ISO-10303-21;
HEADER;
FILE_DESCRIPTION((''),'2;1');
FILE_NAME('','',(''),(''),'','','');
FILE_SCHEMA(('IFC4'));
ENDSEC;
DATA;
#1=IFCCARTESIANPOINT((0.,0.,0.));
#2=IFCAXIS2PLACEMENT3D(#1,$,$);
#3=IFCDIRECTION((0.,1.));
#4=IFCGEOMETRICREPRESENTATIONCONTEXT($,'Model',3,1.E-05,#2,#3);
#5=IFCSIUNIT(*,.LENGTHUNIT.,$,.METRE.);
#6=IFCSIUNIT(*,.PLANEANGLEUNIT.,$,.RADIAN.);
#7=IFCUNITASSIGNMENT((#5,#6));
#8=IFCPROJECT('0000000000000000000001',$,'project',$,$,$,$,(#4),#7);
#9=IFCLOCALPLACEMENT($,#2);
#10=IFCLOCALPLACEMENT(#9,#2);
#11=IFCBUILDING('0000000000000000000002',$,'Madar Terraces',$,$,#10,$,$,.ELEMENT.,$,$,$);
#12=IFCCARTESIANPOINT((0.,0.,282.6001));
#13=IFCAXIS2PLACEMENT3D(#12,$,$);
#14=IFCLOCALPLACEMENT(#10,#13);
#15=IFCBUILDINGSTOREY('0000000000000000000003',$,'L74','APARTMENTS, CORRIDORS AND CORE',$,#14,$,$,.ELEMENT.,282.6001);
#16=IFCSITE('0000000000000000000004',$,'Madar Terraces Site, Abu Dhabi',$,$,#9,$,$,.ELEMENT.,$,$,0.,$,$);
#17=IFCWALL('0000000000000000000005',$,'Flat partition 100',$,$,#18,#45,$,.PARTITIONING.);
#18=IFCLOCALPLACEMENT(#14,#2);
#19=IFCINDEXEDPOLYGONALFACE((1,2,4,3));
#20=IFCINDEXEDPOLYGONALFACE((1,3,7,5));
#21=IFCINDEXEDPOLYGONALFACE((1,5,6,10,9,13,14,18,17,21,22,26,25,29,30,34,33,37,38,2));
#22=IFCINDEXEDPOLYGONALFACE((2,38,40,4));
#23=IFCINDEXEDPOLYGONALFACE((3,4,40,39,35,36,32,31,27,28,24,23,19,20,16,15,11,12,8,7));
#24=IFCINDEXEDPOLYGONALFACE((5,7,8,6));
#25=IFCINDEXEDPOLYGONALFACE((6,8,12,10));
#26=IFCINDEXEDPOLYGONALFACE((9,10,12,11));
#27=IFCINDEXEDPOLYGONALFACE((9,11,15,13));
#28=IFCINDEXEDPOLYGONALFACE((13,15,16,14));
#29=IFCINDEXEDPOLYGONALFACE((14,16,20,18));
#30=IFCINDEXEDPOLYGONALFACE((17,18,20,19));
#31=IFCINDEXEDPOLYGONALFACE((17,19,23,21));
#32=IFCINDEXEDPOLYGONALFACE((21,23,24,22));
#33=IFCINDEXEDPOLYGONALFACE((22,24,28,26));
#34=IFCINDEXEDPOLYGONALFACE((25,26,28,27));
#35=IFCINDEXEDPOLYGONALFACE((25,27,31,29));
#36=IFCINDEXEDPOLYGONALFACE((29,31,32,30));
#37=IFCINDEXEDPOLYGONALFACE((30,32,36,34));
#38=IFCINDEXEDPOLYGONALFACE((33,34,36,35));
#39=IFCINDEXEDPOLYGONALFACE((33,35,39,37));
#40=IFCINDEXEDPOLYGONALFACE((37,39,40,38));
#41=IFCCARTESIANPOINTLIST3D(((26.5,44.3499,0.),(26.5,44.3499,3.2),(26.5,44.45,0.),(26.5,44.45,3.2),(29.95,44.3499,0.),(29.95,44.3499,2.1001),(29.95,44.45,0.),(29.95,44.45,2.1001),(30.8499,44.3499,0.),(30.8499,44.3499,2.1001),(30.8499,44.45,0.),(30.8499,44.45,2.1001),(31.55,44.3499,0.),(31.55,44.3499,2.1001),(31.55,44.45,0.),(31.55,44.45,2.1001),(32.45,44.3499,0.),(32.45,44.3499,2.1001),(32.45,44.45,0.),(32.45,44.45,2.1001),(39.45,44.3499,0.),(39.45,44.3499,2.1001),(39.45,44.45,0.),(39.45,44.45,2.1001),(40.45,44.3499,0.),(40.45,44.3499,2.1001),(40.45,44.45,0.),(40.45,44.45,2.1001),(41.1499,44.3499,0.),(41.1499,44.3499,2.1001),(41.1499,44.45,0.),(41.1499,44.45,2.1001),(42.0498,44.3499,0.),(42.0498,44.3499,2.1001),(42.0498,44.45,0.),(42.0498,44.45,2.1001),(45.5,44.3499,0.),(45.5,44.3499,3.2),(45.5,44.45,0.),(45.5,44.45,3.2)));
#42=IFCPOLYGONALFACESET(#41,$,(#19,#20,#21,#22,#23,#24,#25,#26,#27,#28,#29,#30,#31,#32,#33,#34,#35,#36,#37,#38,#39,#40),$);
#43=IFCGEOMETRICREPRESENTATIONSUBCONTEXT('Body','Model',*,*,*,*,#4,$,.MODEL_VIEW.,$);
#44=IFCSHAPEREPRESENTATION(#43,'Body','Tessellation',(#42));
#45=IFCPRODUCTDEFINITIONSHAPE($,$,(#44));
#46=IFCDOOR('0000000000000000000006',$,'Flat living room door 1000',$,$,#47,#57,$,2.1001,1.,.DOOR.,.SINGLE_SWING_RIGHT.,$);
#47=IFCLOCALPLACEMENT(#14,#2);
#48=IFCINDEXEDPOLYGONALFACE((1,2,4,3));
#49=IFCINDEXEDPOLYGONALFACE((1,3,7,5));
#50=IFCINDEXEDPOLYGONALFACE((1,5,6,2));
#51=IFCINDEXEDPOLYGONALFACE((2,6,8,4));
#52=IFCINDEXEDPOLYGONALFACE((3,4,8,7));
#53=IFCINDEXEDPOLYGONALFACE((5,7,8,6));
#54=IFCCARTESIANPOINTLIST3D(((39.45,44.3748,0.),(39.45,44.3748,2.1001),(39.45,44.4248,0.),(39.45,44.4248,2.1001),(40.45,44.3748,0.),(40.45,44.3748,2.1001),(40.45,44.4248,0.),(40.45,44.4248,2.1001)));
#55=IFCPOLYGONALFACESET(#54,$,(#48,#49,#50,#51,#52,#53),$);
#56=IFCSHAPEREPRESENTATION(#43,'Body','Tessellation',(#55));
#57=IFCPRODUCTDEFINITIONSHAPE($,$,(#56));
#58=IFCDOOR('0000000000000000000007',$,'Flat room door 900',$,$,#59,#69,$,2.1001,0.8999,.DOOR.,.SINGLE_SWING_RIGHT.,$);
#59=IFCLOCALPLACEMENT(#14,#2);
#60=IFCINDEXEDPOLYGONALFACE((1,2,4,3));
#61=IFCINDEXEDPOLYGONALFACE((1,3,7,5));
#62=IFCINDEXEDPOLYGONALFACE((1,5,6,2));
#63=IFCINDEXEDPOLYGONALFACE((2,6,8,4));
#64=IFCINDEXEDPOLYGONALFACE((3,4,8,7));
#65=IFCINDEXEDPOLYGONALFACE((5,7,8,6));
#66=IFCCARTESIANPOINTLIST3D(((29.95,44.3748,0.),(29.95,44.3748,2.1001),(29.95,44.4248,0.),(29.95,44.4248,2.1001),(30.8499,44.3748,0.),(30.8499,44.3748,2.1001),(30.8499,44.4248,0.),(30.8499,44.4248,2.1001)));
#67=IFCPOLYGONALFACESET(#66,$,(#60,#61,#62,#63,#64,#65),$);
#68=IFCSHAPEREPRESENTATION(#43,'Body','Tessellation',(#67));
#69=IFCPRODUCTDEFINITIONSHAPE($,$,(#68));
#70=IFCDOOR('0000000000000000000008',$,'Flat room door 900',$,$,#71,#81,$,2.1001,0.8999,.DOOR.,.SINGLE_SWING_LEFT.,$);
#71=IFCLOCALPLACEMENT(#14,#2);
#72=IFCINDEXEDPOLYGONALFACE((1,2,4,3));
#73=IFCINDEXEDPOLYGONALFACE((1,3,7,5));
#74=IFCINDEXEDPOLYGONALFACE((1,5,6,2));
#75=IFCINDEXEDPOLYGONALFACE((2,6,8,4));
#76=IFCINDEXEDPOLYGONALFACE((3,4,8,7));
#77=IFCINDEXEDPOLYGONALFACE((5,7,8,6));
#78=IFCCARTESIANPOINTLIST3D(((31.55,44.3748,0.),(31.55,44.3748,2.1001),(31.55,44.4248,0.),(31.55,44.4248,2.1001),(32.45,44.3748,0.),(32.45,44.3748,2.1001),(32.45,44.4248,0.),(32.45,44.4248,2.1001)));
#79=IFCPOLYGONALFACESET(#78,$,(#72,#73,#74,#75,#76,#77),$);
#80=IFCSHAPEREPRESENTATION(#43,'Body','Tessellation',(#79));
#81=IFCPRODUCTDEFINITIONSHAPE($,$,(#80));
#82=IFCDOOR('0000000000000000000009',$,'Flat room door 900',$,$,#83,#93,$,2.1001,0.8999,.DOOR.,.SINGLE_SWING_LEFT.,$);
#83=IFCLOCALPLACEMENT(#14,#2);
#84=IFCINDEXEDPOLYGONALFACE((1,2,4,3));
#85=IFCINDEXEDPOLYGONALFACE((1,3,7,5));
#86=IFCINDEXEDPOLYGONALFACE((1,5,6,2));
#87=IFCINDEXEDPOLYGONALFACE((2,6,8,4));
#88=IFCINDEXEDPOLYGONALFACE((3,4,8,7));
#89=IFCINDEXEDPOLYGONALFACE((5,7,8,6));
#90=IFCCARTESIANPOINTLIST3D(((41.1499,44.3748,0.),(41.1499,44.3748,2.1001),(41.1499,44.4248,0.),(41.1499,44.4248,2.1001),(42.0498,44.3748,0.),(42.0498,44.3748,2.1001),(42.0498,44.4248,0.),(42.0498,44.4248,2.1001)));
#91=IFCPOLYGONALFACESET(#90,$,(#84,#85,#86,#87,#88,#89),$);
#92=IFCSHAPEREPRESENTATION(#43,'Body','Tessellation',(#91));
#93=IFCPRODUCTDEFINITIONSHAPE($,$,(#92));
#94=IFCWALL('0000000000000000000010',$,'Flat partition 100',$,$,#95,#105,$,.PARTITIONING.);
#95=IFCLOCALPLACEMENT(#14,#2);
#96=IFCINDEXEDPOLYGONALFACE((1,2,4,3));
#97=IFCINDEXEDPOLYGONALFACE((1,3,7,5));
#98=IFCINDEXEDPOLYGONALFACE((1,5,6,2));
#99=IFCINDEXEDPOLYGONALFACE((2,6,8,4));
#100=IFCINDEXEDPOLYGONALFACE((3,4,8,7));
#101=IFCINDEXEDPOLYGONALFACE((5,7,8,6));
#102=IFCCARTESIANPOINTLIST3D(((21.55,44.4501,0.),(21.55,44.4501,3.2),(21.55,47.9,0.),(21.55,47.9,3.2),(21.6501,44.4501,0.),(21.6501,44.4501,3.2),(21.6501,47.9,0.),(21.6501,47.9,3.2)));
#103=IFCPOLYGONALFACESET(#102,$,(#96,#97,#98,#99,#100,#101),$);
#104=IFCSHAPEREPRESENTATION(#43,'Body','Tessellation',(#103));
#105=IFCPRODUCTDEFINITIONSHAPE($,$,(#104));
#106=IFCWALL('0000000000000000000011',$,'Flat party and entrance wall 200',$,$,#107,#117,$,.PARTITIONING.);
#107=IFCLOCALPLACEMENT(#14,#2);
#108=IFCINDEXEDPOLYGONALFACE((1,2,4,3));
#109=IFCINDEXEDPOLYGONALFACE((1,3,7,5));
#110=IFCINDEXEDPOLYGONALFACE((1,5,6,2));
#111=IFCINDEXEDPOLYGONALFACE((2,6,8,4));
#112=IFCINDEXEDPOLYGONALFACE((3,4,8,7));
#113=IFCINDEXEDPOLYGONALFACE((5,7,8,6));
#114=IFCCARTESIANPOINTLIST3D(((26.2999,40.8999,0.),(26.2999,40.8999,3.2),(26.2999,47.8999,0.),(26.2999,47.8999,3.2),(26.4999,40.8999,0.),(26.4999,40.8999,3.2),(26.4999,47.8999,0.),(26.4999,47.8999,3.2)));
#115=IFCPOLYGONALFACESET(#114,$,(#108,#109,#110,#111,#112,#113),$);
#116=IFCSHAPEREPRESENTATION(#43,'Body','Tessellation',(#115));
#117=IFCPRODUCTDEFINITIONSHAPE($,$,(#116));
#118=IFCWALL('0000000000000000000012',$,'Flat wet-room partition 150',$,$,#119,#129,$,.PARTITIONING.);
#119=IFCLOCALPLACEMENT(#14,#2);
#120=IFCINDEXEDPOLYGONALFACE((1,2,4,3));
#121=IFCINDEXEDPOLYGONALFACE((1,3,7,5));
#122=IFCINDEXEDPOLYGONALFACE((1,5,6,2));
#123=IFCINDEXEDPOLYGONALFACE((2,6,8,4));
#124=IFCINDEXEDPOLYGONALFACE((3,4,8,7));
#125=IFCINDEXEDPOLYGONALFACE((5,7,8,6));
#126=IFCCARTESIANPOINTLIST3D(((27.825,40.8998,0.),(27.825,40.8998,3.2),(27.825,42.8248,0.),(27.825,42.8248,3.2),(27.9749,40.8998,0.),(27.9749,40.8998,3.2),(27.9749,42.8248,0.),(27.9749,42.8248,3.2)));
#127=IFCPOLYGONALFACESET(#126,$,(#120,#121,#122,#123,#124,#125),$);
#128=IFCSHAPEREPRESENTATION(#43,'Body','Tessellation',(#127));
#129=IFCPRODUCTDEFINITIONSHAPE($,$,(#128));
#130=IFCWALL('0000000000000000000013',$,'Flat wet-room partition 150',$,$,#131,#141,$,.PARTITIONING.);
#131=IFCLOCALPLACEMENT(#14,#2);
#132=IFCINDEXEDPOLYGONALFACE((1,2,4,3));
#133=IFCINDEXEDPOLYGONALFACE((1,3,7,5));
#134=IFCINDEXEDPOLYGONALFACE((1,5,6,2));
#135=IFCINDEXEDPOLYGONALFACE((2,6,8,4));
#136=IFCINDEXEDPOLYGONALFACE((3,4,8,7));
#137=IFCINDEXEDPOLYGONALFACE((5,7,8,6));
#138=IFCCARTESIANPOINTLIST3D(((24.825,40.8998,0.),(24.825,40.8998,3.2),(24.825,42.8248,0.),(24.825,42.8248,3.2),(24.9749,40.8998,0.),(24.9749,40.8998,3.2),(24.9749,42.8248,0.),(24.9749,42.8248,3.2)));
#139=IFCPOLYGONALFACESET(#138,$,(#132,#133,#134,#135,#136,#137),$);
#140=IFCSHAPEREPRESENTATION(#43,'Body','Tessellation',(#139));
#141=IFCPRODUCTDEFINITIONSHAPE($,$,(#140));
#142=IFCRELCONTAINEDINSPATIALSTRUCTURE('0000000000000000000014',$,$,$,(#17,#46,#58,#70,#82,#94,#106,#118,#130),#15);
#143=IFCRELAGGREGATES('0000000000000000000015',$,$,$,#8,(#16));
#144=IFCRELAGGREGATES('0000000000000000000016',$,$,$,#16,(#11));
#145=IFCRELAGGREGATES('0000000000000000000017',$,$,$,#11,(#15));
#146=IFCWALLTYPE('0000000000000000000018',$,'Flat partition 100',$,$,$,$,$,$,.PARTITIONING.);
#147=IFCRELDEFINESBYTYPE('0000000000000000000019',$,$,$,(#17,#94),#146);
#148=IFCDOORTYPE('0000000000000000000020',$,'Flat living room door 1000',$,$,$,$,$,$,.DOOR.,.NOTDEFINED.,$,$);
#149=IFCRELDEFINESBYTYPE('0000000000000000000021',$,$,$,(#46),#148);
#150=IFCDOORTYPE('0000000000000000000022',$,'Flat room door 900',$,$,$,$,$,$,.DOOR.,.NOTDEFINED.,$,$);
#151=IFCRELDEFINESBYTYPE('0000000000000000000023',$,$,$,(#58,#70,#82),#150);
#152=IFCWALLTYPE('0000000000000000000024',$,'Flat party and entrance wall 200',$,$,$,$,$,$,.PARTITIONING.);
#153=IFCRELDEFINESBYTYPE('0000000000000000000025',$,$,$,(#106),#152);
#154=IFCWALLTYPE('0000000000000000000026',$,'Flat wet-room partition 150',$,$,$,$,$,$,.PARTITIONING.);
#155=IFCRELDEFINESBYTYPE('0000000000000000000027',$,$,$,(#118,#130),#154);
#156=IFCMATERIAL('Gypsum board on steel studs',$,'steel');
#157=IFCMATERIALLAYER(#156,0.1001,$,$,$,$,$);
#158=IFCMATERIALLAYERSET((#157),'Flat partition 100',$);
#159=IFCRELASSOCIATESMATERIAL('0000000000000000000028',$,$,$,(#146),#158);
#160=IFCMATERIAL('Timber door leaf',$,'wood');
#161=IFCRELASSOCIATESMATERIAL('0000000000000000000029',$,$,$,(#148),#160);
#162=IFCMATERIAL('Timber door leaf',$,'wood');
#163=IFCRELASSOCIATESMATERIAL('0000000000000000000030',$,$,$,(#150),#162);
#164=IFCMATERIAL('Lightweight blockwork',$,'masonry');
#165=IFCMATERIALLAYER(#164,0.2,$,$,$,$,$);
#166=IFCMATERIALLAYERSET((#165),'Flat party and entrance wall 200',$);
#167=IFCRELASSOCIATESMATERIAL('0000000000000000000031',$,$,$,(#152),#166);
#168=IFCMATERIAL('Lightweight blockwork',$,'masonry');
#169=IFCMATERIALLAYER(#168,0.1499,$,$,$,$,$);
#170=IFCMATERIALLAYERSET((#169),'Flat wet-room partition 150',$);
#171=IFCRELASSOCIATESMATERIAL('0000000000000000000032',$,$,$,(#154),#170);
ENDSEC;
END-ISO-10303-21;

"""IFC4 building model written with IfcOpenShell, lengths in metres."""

from ifc_helpers import new_model, si_unit, direction, frame, frame_2d, origin, place, context, subcontext, project, spatial, rectangle, extrude, material, layer, layer_set, type_object, element, fill, save


model = new_model("IFC4")

# Units and contexts
model_context = context("Model", 3, precision=1e-05, world=origin(), true_north=direction((0.0, 1.0)))
body_context = subcontext(model_context, "Body", "Model", "MODEL_VIEW")
ifc_project = project(units=[si_unit("LENGTHUNIT", "METRE"), si_unit("PLANEANGLEUNIT", "RADIAN")], contexts=[model_context])

# Site, building, storey
site_placement = place(None, origin())
site = spatial("IfcSite", under=ifc_project, at=site_placement, Name="Madar Terraces Site, Abu Dhabi", CompositionType="ELEMENT", RefElevation=0.0)
building_placement = place(site_placement, origin())
building = spatial("IfcBuilding", under=site, at=building_placement, Name="Madar Terraces", CompositionType="ELEMENT")
storey_placement = place(building_placement, frame((0.0, 0.0, 282.6001)))
storey = spatial("IfcBuildingStorey", under=building, at=storey_placement, Name="L74", Description="APARTMENTS, CORRIDORS AND CORE", CompositionType="ELEMENT", Elevation=282.6001)

# Wall, openings, doors
ifc_material_1 = material(Name="Gypsum board on steel studs", Category="steel")
ifc_layer_1 = layer(ifc_material_1, 0.1001)
ifc_layer_set_1 = layer_set([ifc_layer_1], Name="Flat partition 100")
wall_type_1 = type_object("IfcWallType", Name="Flat partition 100", PredefinedType="PARTITIONING", material=ifc_layer_set_1)
wall_1_placement = place(storey_placement, frame((26.5, 44.3999, 0.0), z_axis=(0.0, 0.0, 1.0), x_axis=(1.0, 0.0, 0.0)))
wall_1 = element("IfcWall", 1, at=wall_1_placement, inside=storey, type_object=wall_type_1, Name="Flat partition 100", PredefinedType="PARTITIONING", context=body_context, shape_type="SweptSolid", body=[
    extrude(rectangle(XDim=19.0, YDim=0.1001, at=frame_2d((9.5, 0.0))), origin(), (0.0, 0.0, 1.0), 3.2),
])
opening_1_placement = place(wall_1_placement, frame((3.45, 0.0, 0.0)))
opening_1 = element("IfcOpeningElement", 2, at=opening_1_placement, cuts=wall_1, PredefinedType="OPENING", context=body_context, shape_type="SweptSolid", body=[
    extrude(rectangle(XDim=0.8999, YDim=2.1001, at=frame_2d((0.45, 1.05))), frame((0.0, 0.0601, 0.0), z_axis=(0.0, -1.0, 0.0), x_axis=(1.0, 0.0, 0.0)), (0.0, 0.0, 1.0), 0.1201),
])
opening_2_placement = place(wall_1_placement, frame((5.05, 0.0, 0.0)))
opening_2 = element("IfcOpeningElement", 3, at=opening_2_placement, cuts=wall_1, PredefinedType="OPENING", context=body_context, shape_type="SweptSolid", body=[
    extrude(rectangle(XDim=0.8999, YDim=2.1001, at=frame_2d((0.45, 1.05))), frame((0.0, 0.0601, 0.0), z_axis=(0.0, -1.0, 0.0), x_axis=(1.0, 0.0, 0.0)), (0.0, 0.0, 1.0), 0.1201),
])
opening_3_placement = place(wall_1_placement, frame((12.95, 0.0, 0.0)))
opening_3 = element("IfcOpeningElement", 4, at=opening_3_placement, cuts=wall_1, PredefinedType="OPENING", context=body_context, shape_type="SweptSolid", body=[
    extrude(rectangle(XDim=1.0, YDim=2.1001, at=frame_2d((0.5, 1.05))), frame((0.0, 0.0601, 0.0), z_axis=(0.0, -1.0, 0.0), x_axis=(1.0, 0.0, 0.0)), (0.0, 0.0, 1.0), 0.1201),
])
opening_4_placement = place(wall_1_placement, frame((14.6499, 0.0, 0.0)))
opening_4 = element("IfcOpeningElement", 5, at=opening_4_placement, cuts=wall_1, PredefinedType="OPENING", context=body_context, shape_type="SweptSolid", body=[
    extrude(rectangle(XDim=0.8999, YDim=2.1001, at=frame_2d((0.45, 1.05))), frame((0.0, 0.0601, 0.0), z_axis=(0.0, -1.0, 0.0), x_axis=(1.0, 0.0, 0.0)), (0.0, 0.0, 1.0), 0.1201),
])
ifc_material_2 = material(Name="Timber door leaf", Category="wood")
door_type_1 = type_object("IfcDoorType", Name="Flat living room door 1000", OperationType="NOTDEFINED", PredefinedType="DOOR", material=ifc_material_2)
door_1_placement = place(opening_3_placement, origin())
door_1 = element("IfcDoor", 6, at=door_1_placement, inside=storey, type_object=door_type_1, Name="Flat living room door 1000", OperationType="SINGLE_SWING_RIGHT", OverallHeight=2.1001, OverallWidth=1.0, PredefinedType="DOOR", context=body_context, shape_type="SweptSolid", body=[
    extrude(rectangle(XDim=1.0, YDim=2.1001, at=frame_2d((0.5, 1.05))), frame((0.0, 0.0249, 0.0), z_axis=(0.0, -1.0, 0.0), x_axis=(1.0, 0.0, 0.0)), (0.0, 0.0, 1.0), 0.05),
])
fill(opening_3, door_1)
ifc_material_3 = material(Name="Timber door leaf", Category="wood")
door_type_2 = type_object("IfcDoorType", Name="Flat room door 900", OperationType="NOTDEFINED", PredefinedType="DOOR", material=ifc_material_3)
door_2_placement = place(opening_1_placement, origin())
door_2 = element("IfcDoor", 7, at=door_2_placement, inside=storey, type_object=door_type_2, Name="Flat room door 900", OperationType="SINGLE_SWING_RIGHT", OverallHeight=2.1001, OverallWidth=0.8999, PredefinedType="DOOR", context=body_context, shape_type="SweptSolid", body=[
    extrude(rectangle(XDim=0.8999, YDim=2.1001, at=frame_2d((0.45, 1.05))), frame((0.0, 0.0249, 0.0), z_axis=(0.0, -1.0, 0.0), x_axis=(1.0, 0.0, 0.0)), (0.0, 0.0, 1.0), 0.05),
])
fill(opening_1, door_2)
door_3_placement = place(opening_2_placement, origin())
door_3 = element("IfcDoor", 8, at=door_3_placement, inside=storey, type_object=door_type_2, Name="Flat room door 900", OperationType="SINGLE_SWING_LEFT", OverallHeight=2.1001, OverallWidth=0.8999, PredefinedType="DOOR", context=body_context, shape_type="SweptSolid", body=[
    extrude(rectangle(XDim=0.8999, YDim=2.1001, at=frame_2d((0.45, 1.05))), frame((0.0, 0.0249, 0.0), z_axis=(0.0, -1.0, 0.0), x_axis=(1.0, 0.0, 0.0)), (0.0, 0.0, 1.0), 0.05),
])
fill(opening_2, door_3)
door_4_placement = place(opening_4_placement, origin())
door_4 = element("IfcDoor", 9, at=door_4_placement, inside=storey, type_object=door_type_2, Name="Flat room door 900", OperationType="SINGLE_SWING_LEFT", OverallHeight=2.1001, OverallWidth=0.8999, PredefinedType="DOOR", context=body_context, shape_type="SweptSolid", body=[
    extrude(rectangle(XDim=0.8999, YDim=2.1001, at=frame_2d((0.45, 1.05))), frame((0.0, 0.0249, 0.0), z_axis=(0.0, -1.0, 0.0), x_axis=(1.0, 0.0, 0.0)), (0.0, 0.0, 1.0), 0.05),
])
fill(opening_4, door_4)

# Walls
wall_2_placement = place(storey_placement, frame((21.6001, 44.45, 0.0), z_axis=(0.0, 0.0, 1.0), x_axis=(0.0, 1.0, 0.0)))
element("IfcWall", 10, at=wall_2_placement, inside=storey, type_object=wall_type_1, Name="Flat partition 100", PredefinedType="PARTITIONING", context=body_context, shape_type="SweptSolid", body=[
    extrude(rectangle(XDim=3.45, YDim=0.1001, at=frame_2d((1.7251, 0.0))), origin(), (0.0, 0.0, 1.0), 3.2),
])
ifc_material_4 = material(Name="Lightweight blockwork", Category="masonry")
ifc_layer_2 = layer(ifc_material_4, 0.2)
ifc_layer_set_2 = layer_set([ifc_layer_2], Name="Flat party and entrance wall 200")
wall_type_2 = type_object("IfcWallType", Name="Flat party and entrance wall 200", PredefinedType="PARTITIONING", material=ifc_layer_set_2)
wall_3_placement = place(storey_placement, frame((26.3999, 47.8999, 0.0), z_axis=(0.0, 0.0, 1.0), x_axis=(0.0, -1.0, 0.0)))
element("IfcWall", 11, at=wall_3_placement, inside=storey, type_object=wall_type_2, Name="Flat party and entrance wall 200", PredefinedType="PARTITIONING", context=body_context, shape_type="SweptSolid", body=[
    extrude(rectangle(XDim=7.0, YDim=0.2, at=frame_2d((3.5, 0.0))), origin(), (0.0, 0.0, 1.0), 3.2),
])
ifc_material_5 = material(Name="Lightweight blockwork", Category="masonry")
ifc_layer_3 = layer(ifc_material_5, 0.1499)
ifc_layer_set_3 = layer_set([ifc_layer_3], Name="Flat wet-room partition 150")
wall_type_3 = type_object("IfcWallType", Name="Flat wet-room partition 150", PredefinedType="PARTITIONING", material=ifc_layer_set_3)
for number, where, z_axis, x_axis, name in (
    (12, (27.8999, 40.8999, 0.0), (0.0, 0.0, 1.0), (0.0, 1.0, 0.0), "Flat wet-room partition 150"),
    (13, (24.8999, 40.8999, 0.0), (0.0, 0.0, 1.0), (0.0, 1.0, 0.0), "Flat wet-room partition 150"),
):
    element("IfcWall", number, at=place(storey_placement, frame(where, z_axis=z_axis, x_axis=x_axis)), inside=storey, type_object=wall_type_3, Name=name, PredefinedType="PARTITIONING", context=body_context, shape_type="SweptSolid", body=[
        extrude(rectangle(XDim=1.925, YDim=0.1499, at=frame_2d((0.9624, 0.0))), origin(), (0.0, 0.0, 1.0), 3.2),
    ])

save(model, "model.ifc")
